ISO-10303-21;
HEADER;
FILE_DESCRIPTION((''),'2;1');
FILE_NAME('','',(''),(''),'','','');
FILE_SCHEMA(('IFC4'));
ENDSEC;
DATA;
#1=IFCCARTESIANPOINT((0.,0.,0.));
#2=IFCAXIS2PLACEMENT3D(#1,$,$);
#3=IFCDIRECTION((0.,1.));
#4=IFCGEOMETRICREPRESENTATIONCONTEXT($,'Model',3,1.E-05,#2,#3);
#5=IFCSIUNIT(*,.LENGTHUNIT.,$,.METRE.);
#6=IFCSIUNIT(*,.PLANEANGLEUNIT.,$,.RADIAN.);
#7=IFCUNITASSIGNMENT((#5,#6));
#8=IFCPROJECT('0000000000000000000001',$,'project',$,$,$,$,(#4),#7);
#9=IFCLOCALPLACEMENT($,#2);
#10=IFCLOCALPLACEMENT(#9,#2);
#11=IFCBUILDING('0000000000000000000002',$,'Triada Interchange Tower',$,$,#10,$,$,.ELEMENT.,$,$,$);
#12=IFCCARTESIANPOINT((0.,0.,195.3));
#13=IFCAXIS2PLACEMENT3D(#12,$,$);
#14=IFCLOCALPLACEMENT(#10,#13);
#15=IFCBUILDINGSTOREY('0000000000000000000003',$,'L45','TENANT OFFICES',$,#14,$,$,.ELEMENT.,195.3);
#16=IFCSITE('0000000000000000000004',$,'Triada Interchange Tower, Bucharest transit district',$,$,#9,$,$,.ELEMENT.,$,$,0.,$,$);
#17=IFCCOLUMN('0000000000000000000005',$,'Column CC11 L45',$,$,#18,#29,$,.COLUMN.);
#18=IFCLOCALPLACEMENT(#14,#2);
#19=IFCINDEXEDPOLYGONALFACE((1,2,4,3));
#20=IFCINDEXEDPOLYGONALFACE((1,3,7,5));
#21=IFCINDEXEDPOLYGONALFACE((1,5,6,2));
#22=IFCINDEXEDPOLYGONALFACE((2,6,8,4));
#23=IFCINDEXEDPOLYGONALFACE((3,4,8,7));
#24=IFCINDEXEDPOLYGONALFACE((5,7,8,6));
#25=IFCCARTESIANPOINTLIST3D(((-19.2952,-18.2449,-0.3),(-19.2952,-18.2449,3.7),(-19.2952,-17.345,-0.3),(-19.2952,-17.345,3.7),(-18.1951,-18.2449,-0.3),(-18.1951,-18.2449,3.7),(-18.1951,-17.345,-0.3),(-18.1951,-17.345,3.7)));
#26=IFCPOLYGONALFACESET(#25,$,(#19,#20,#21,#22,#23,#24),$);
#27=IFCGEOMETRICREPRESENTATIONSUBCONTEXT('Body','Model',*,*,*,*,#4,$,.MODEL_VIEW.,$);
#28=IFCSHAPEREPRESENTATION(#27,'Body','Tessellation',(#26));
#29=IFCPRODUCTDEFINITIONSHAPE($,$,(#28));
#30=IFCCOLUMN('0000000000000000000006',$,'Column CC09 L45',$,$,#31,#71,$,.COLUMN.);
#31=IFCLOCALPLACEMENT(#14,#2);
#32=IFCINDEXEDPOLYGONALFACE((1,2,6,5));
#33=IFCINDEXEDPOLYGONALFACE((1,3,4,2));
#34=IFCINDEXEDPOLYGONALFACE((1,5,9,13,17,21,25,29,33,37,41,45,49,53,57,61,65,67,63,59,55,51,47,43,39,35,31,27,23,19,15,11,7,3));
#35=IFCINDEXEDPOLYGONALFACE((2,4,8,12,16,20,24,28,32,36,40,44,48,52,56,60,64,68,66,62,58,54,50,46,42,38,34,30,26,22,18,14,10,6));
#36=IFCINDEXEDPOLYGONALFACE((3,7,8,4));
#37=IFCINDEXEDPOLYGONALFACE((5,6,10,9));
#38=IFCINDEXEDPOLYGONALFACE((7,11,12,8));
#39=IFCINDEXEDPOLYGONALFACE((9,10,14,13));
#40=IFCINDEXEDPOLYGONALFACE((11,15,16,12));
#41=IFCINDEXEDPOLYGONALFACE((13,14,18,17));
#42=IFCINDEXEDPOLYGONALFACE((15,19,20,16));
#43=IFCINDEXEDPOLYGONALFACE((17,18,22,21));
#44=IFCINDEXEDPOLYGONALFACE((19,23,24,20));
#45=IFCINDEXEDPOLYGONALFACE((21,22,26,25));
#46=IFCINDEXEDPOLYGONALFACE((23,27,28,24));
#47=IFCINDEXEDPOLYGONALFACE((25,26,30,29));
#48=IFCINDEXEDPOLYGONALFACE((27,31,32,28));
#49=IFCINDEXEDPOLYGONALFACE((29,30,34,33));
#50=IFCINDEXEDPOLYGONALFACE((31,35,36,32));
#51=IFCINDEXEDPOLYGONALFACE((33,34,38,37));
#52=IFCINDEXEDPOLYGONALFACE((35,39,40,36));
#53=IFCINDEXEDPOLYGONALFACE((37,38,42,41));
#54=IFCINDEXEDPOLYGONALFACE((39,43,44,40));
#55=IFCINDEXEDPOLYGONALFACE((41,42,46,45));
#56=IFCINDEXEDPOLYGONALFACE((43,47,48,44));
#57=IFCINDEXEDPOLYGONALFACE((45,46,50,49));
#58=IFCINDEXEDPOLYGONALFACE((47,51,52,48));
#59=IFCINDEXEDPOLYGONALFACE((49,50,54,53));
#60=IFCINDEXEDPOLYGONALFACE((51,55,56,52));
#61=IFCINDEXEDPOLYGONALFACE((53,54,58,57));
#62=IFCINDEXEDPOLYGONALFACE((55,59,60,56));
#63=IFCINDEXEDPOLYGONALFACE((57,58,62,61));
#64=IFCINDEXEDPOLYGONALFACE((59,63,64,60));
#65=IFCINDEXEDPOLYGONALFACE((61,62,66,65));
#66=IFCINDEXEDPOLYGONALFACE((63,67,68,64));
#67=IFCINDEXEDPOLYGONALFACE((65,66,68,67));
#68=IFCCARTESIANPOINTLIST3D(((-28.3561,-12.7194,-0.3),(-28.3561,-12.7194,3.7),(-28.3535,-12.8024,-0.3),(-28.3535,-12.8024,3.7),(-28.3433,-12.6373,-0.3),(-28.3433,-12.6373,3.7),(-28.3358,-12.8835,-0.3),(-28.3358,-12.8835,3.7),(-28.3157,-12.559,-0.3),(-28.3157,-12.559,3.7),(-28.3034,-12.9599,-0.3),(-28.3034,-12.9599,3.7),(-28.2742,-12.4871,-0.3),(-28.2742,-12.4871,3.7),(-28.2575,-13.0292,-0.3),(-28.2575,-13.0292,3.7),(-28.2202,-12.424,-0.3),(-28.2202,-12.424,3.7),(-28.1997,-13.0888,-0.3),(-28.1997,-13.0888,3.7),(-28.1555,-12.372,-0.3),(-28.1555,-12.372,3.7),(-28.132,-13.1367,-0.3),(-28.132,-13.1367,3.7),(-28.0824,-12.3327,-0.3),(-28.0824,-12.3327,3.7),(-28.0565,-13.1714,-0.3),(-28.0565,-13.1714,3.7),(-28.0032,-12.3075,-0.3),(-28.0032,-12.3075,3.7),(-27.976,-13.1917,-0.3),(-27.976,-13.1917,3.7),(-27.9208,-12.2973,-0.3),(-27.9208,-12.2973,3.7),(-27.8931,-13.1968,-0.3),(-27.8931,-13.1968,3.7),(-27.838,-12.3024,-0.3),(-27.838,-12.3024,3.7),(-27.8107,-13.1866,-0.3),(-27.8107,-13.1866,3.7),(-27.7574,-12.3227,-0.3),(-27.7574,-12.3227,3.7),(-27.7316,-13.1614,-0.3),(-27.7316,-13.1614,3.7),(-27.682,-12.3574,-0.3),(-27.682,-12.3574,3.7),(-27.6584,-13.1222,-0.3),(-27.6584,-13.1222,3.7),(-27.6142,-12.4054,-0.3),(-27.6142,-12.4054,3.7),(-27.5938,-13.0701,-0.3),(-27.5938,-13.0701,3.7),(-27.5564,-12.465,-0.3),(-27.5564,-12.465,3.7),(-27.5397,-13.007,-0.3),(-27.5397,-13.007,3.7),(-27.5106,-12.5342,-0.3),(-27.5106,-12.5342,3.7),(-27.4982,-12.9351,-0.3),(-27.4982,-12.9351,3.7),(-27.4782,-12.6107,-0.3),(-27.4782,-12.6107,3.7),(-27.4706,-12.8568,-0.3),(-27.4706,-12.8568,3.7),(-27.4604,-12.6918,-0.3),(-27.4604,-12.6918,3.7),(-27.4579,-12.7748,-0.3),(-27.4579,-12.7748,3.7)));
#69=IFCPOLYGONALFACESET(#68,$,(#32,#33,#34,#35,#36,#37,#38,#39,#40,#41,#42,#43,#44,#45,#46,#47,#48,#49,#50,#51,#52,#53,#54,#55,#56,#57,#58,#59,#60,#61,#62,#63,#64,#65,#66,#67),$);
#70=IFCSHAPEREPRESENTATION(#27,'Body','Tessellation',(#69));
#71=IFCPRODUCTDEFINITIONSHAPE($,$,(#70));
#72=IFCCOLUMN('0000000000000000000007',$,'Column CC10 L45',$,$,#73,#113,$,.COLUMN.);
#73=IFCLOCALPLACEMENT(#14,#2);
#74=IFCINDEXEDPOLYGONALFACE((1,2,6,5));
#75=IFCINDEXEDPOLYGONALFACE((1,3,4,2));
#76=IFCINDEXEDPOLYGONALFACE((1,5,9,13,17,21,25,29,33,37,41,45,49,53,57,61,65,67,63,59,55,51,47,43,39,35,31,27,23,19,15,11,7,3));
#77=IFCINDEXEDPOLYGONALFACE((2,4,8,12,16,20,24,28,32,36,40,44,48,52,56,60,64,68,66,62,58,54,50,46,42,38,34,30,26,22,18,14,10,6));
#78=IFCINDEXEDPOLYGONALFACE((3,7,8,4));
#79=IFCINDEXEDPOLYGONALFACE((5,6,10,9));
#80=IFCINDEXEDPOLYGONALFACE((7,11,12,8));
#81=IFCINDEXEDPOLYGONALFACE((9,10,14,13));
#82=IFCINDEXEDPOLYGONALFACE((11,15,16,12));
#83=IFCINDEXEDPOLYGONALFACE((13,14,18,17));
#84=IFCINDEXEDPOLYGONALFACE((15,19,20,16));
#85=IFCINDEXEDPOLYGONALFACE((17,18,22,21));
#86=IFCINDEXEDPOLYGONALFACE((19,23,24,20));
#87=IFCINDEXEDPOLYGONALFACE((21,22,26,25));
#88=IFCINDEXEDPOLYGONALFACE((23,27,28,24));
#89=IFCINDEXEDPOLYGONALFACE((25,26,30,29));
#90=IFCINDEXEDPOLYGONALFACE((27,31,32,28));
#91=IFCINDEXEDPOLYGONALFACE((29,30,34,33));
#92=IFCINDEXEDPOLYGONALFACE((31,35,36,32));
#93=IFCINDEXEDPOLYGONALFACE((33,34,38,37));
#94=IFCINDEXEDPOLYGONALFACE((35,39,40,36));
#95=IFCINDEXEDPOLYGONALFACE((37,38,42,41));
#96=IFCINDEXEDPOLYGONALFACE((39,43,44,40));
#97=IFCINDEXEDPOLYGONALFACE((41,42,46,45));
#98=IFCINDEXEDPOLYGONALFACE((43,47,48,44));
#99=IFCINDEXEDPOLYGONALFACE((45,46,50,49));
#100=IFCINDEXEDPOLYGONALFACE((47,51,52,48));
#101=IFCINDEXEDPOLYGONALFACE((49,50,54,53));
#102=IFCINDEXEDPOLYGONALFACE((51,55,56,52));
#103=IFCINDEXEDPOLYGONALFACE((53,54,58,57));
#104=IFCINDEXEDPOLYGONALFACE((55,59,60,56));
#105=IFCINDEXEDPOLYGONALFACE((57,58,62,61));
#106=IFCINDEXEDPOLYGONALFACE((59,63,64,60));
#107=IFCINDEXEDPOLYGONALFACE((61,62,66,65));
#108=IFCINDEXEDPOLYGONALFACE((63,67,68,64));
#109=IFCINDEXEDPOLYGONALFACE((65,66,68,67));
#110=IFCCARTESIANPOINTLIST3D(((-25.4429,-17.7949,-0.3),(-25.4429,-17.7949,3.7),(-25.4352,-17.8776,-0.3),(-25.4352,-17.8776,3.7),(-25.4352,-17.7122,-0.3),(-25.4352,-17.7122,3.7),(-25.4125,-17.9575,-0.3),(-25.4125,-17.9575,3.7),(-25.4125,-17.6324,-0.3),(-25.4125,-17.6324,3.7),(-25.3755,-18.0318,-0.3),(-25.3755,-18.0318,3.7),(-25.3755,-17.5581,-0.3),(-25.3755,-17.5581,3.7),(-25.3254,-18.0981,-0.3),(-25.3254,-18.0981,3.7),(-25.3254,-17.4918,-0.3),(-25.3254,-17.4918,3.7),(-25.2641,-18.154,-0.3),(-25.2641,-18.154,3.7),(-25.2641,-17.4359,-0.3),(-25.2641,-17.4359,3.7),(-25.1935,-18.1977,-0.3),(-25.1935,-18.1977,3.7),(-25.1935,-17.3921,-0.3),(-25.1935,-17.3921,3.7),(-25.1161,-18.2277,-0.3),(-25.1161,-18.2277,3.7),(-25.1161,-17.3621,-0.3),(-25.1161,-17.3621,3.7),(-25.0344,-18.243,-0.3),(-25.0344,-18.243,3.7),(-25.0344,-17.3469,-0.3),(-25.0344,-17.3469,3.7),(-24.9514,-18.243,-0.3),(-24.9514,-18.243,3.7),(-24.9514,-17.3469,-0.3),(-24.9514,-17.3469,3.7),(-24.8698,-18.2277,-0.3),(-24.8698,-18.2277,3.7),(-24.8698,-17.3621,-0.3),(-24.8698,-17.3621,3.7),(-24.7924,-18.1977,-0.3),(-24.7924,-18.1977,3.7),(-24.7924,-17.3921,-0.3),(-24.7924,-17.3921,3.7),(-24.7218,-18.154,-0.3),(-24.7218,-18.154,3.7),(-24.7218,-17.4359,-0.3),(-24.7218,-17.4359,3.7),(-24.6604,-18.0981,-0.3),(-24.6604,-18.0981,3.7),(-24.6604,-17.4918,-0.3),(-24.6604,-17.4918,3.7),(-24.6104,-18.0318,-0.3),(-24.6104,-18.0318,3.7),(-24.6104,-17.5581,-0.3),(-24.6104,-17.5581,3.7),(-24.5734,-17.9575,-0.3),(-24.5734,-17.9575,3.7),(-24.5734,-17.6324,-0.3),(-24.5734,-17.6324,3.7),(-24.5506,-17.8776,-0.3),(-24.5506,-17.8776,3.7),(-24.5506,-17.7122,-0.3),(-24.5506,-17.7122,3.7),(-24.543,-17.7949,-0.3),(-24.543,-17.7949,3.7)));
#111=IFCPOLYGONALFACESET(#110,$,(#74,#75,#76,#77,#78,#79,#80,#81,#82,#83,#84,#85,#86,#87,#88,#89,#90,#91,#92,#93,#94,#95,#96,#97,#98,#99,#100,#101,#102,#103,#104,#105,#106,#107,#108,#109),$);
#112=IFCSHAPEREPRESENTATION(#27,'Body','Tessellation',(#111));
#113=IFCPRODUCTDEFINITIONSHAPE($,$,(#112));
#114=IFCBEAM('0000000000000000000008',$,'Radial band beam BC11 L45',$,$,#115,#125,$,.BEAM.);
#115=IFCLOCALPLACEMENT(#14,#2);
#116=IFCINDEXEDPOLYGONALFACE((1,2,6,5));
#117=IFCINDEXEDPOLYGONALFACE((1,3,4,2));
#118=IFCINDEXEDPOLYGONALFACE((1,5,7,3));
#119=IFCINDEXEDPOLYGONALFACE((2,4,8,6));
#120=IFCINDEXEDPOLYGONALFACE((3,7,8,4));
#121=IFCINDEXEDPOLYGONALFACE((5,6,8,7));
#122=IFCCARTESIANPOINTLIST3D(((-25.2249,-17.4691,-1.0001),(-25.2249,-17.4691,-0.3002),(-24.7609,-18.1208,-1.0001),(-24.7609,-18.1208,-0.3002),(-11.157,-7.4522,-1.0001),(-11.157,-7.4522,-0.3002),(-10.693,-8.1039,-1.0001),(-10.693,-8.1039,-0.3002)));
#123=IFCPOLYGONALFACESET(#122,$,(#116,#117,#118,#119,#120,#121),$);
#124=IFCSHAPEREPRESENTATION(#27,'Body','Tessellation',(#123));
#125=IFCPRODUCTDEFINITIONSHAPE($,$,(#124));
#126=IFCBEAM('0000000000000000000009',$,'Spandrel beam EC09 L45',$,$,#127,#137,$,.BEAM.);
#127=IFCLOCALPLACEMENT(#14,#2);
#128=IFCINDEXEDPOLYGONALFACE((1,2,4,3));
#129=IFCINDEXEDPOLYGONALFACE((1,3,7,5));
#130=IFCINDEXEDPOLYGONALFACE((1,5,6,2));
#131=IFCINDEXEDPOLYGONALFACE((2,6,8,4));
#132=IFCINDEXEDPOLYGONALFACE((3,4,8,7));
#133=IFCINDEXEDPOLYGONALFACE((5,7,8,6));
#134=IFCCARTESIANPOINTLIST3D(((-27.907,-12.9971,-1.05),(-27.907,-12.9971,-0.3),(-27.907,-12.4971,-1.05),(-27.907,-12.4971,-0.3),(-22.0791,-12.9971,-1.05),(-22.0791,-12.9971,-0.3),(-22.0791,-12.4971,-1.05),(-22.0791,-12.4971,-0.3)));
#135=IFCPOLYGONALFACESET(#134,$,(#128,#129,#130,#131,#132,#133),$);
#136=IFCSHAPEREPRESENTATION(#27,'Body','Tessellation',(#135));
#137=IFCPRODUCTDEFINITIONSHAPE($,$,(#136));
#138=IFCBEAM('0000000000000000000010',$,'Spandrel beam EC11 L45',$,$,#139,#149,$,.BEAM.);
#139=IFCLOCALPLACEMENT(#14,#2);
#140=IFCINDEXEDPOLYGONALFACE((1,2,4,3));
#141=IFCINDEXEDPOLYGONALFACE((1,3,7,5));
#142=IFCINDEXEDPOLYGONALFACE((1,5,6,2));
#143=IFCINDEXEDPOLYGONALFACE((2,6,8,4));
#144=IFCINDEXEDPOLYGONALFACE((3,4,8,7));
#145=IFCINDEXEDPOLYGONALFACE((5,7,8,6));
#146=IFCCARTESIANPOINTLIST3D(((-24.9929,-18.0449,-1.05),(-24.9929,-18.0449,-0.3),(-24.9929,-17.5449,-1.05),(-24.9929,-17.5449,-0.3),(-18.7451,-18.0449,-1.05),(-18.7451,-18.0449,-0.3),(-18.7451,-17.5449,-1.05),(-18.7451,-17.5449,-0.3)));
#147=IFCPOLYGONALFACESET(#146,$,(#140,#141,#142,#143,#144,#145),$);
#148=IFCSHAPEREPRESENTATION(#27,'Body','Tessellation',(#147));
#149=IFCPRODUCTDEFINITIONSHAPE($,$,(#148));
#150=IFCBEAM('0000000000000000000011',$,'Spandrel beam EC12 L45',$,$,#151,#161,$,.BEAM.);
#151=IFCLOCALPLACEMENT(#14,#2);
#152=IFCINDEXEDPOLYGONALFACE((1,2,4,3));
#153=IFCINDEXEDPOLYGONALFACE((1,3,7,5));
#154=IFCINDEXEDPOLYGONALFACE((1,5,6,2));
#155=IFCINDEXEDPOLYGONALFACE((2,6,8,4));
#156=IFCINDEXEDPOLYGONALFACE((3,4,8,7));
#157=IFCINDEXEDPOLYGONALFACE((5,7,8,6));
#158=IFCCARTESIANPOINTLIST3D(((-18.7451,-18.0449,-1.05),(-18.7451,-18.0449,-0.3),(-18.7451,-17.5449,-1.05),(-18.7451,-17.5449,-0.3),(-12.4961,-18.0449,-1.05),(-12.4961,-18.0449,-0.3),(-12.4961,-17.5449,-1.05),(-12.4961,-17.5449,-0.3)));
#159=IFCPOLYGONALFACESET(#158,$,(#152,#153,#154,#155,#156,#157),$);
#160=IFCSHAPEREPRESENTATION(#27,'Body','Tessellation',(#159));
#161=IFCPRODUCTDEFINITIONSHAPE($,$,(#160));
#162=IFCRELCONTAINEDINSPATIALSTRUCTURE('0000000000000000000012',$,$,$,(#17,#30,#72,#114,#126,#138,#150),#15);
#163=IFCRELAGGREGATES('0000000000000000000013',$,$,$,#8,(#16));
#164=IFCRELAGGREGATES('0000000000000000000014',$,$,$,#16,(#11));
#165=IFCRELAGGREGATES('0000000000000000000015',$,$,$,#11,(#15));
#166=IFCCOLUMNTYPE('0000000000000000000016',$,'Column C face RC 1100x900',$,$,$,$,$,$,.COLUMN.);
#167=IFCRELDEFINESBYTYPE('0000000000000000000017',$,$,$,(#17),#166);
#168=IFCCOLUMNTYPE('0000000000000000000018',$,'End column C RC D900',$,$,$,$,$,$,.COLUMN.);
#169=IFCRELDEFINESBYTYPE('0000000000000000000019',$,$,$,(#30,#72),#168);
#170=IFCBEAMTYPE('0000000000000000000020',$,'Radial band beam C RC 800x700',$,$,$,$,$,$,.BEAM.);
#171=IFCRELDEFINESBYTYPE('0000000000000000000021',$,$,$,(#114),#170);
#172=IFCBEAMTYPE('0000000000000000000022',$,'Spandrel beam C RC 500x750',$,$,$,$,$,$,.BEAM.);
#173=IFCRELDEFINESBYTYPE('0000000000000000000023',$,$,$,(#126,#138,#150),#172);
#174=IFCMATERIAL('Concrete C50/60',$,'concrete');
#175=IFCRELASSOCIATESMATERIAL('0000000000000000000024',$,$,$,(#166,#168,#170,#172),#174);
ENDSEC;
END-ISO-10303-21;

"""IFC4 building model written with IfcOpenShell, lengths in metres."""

from ifc_helpers import new_model, si_unit, direction, frame, origin, origin_2d, place, context, subcontext, project, spatial, rectangle, circle, extrude, material, material_profile, profile_set, type_object, element, save


model = new_model("IFC4")

# Units and contexts
model_context = context("Model", 3, precision=1e-05, world=origin(), true_north=direction((0.0, 1.0)))
body_context = subcontext(model_context, "Body", "Model", "MODEL_VIEW")
ifc_project = project(units=[si_unit("LENGTHUNIT", "METRE"), si_unit("PLANEANGLEUNIT", "RADIAN")], contexts=[model_context])

# Site, building, storey
site_placement = place(None, origin())
site = spatial("IfcSite", under=ifc_project, at=site_placement, Name="Triada Interchange Tower, Bucharest transit district", CompositionType="ELEMENT", RefElevation=0.0)
building_placement = place(site_placement, origin())
building = spatial("IfcBuilding", under=site, at=building_placement, Name="Triada Interchange Tower", CompositionType="ELEMENT")
storey_placement = place(building_placement, frame((0.0, 0.0, 195.3)))
storey = spatial("IfcBuildingStorey", under=building, at=storey_placement, Name="L45", Description="TENANT OFFICES", CompositionType="ELEMENT", Elevation=195.3)

# Columns
ifc_material_1 = material(Name="Concrete C50/60", Category="concrete")
ifc_material_profile_1 = material_profile(ifc_material_1, rectangle(XDim=1.1001, YDim=0.8999, at=origin_2d()), Name="RC 1100x900")
ifc_profile_set_1 = profile_set([ifc_material_profile_1], Name="Concrete C50/60")
column_type_1 = type_object("IfcColumnType", Name="Column C face RC 1100x900", PredefinedType="COLUMN", material=ifc_profile_set_1)
column_placement = place(storey_placement, frame((-18.7451, -17.7949, -0.3), z_axis=(0.0, 0.0, 1.0), x_axis=(1.0, 0.0, 0.0)))
element("IfcColumn", 1, at=column_placement, inside=storey, type_object=column_type_1, Name="Column CC11 L45", PredefinedType="COLUMN", context=body_context, shape_type="SweptSolid", body=[
    extrude(rectangle(XDim=1.1001, YDim=0.8999, at=origin_2d()), origin(), (0.0, 0.0, 1.0), 4.0),
])
ifc_material_profile_2 = material_profile(ifc_material_1, circle(Radius=0.45, at=origin_2d()), Name="RC D900")
ifc_profile_set_2 = profile_set([ifc_material_profile_2], Name="Concrete C50/60")
column_type_2 = type_object("IfcColumnType", Name="End column C RC D900", PredefinedType="COLUMN", material=ifc_profile_set_2)
for number, where, z_axis, x_axis, name in (
    (2, (-27.907, -12.7471, -0.3), (0.0, 0.0, 1.0), (0.5, 0.866025, 0.0), "Column CC09 L45"),
    (3, (-24.9929, -17.7949, -0.3), (0.0, 0.0, 1.0), (1.0, 0.0, 0.0), "Column CC10 L45"),
):
    element("IfcColumn", number, at=place(storey_placement, frame(where, z_axis=z_axis, x_axis=x_axis)), inside=storey, type_object=column_type_2, Name=name, PredefinedType="COLUMN", context=body_context, shape_type="SweptSolid", body=[
        extrude(circle(Radius=0.45, at=origin_2d()), origin(), (0.0, 0.0, 1.0), 4.0),
    ])

# Beams
ifc_material_profile_3 = material_profile(ifc_material_1, rectangle(XDim=0.8, YDim=0.7, at=origin_2d()), Name="RC 800x700")
ifc_profile_set_3 = profile_set([ifc_material_profile_3], Name="Concrete C50/60")
beam_type_1 = type_object("IfcBeamType", Name="Radial band beam C RC 800x700", PredefinedType="BEAM", material=ifc_profile_set_3)
beam_1_placement = place(storey_placement, frame((-24.9929, -17.7949, -0.6501), z_axis=(0.814599, 0.580025, 0.0), x_axis=(-0.580025, 0.814599, 0.0)))
element("IfcBeam", 4, at=beam_1_placement, inside=storey, type_object=beam_type_1, Name="Radial band beam BC11 L45", PredefinedType="BEAM", context=body_context, shape_type="SweptSolid", body=[
    extrude(rectangle(XDim=0.8, YDim=0.7, at=origin_2d()), origin(), (0.0, 0.0, 1.0), 17.2698),
])
ifc_material_profile_4 = material_profile(ifc_material_1, rectangle(XDim=0.5, YDim=0.75, at=origin_2d()), Name="RC 500x750")
ifc_profile_set_4 = profile_set([ifc_material_profile_4], Name="Concrete C50/60")
beam_type_2 = type_object("IfcBeamType", Name="Spandrel beam C RC 500x750", PredefinedType="BEAM", material=ifc_profile_set_4)
beam_2_placement = place(storey_placement, frame((-27.907, -12.7471, -0.675), z_axis=(1.0, 0.0, 0.0), x_axis=(0.0, 1.0, 0.0)))
element("IfcBeam", 5, at=beam_2_placement, inside=storey, type_object=beam_type_2, Name="Spandrel beam EC09 L45", PredefinedType="BEAM", context=body_context, shape_type="SweptSolid", body=[
    extrude(rectangle(XDim=0.5, YDim=0.75, at=origin_2d()), origin(), (0.0, 0.0, 1.0), 5.8279),
])
beam_3_placement = place(storey_placement, frame((-24.9929, -17.7949, -0.675), z_axis=(1.0, 0.0, 0.0), x_axis=(0.0, 1.0, 0.0)))
element("IfcBeam", 6, at=beam_3_placement, inside=storey, type_object=beam_type_2, Name="Spandrel beam EC11 L45", PredefinedType="BEAM", context=body_context, shape_type="SweptSolid", body=[
    extrude(rectangle(XDim=0.5, YDim=0.75, at=origin_2d()), origin(), (0.0, 0.0, 1.0), 6.2478),
])
beam_4_placement = place(storey_placement, frame((-18.7451, -17.7949, -0.675), z_axis=(1.0, 0.0, 0.0), x_axis=(0.0, 1.0, 0.0)))
element("IfcBeam", 7, at=beam_4_placement, inside=storey, type_object=beam_type_2, Name="Spandrel beam EC12 L45", PredefinedType="BEAM", context=body_context, shape_type="SweptSolid", body=[
    extrude(rectangle(XDim=0.5, YDim=0.75, at=origin_2d()), origin(), (0.0, 0.0, 1.0), 6.249),
])

save(model, "model.ifc")
